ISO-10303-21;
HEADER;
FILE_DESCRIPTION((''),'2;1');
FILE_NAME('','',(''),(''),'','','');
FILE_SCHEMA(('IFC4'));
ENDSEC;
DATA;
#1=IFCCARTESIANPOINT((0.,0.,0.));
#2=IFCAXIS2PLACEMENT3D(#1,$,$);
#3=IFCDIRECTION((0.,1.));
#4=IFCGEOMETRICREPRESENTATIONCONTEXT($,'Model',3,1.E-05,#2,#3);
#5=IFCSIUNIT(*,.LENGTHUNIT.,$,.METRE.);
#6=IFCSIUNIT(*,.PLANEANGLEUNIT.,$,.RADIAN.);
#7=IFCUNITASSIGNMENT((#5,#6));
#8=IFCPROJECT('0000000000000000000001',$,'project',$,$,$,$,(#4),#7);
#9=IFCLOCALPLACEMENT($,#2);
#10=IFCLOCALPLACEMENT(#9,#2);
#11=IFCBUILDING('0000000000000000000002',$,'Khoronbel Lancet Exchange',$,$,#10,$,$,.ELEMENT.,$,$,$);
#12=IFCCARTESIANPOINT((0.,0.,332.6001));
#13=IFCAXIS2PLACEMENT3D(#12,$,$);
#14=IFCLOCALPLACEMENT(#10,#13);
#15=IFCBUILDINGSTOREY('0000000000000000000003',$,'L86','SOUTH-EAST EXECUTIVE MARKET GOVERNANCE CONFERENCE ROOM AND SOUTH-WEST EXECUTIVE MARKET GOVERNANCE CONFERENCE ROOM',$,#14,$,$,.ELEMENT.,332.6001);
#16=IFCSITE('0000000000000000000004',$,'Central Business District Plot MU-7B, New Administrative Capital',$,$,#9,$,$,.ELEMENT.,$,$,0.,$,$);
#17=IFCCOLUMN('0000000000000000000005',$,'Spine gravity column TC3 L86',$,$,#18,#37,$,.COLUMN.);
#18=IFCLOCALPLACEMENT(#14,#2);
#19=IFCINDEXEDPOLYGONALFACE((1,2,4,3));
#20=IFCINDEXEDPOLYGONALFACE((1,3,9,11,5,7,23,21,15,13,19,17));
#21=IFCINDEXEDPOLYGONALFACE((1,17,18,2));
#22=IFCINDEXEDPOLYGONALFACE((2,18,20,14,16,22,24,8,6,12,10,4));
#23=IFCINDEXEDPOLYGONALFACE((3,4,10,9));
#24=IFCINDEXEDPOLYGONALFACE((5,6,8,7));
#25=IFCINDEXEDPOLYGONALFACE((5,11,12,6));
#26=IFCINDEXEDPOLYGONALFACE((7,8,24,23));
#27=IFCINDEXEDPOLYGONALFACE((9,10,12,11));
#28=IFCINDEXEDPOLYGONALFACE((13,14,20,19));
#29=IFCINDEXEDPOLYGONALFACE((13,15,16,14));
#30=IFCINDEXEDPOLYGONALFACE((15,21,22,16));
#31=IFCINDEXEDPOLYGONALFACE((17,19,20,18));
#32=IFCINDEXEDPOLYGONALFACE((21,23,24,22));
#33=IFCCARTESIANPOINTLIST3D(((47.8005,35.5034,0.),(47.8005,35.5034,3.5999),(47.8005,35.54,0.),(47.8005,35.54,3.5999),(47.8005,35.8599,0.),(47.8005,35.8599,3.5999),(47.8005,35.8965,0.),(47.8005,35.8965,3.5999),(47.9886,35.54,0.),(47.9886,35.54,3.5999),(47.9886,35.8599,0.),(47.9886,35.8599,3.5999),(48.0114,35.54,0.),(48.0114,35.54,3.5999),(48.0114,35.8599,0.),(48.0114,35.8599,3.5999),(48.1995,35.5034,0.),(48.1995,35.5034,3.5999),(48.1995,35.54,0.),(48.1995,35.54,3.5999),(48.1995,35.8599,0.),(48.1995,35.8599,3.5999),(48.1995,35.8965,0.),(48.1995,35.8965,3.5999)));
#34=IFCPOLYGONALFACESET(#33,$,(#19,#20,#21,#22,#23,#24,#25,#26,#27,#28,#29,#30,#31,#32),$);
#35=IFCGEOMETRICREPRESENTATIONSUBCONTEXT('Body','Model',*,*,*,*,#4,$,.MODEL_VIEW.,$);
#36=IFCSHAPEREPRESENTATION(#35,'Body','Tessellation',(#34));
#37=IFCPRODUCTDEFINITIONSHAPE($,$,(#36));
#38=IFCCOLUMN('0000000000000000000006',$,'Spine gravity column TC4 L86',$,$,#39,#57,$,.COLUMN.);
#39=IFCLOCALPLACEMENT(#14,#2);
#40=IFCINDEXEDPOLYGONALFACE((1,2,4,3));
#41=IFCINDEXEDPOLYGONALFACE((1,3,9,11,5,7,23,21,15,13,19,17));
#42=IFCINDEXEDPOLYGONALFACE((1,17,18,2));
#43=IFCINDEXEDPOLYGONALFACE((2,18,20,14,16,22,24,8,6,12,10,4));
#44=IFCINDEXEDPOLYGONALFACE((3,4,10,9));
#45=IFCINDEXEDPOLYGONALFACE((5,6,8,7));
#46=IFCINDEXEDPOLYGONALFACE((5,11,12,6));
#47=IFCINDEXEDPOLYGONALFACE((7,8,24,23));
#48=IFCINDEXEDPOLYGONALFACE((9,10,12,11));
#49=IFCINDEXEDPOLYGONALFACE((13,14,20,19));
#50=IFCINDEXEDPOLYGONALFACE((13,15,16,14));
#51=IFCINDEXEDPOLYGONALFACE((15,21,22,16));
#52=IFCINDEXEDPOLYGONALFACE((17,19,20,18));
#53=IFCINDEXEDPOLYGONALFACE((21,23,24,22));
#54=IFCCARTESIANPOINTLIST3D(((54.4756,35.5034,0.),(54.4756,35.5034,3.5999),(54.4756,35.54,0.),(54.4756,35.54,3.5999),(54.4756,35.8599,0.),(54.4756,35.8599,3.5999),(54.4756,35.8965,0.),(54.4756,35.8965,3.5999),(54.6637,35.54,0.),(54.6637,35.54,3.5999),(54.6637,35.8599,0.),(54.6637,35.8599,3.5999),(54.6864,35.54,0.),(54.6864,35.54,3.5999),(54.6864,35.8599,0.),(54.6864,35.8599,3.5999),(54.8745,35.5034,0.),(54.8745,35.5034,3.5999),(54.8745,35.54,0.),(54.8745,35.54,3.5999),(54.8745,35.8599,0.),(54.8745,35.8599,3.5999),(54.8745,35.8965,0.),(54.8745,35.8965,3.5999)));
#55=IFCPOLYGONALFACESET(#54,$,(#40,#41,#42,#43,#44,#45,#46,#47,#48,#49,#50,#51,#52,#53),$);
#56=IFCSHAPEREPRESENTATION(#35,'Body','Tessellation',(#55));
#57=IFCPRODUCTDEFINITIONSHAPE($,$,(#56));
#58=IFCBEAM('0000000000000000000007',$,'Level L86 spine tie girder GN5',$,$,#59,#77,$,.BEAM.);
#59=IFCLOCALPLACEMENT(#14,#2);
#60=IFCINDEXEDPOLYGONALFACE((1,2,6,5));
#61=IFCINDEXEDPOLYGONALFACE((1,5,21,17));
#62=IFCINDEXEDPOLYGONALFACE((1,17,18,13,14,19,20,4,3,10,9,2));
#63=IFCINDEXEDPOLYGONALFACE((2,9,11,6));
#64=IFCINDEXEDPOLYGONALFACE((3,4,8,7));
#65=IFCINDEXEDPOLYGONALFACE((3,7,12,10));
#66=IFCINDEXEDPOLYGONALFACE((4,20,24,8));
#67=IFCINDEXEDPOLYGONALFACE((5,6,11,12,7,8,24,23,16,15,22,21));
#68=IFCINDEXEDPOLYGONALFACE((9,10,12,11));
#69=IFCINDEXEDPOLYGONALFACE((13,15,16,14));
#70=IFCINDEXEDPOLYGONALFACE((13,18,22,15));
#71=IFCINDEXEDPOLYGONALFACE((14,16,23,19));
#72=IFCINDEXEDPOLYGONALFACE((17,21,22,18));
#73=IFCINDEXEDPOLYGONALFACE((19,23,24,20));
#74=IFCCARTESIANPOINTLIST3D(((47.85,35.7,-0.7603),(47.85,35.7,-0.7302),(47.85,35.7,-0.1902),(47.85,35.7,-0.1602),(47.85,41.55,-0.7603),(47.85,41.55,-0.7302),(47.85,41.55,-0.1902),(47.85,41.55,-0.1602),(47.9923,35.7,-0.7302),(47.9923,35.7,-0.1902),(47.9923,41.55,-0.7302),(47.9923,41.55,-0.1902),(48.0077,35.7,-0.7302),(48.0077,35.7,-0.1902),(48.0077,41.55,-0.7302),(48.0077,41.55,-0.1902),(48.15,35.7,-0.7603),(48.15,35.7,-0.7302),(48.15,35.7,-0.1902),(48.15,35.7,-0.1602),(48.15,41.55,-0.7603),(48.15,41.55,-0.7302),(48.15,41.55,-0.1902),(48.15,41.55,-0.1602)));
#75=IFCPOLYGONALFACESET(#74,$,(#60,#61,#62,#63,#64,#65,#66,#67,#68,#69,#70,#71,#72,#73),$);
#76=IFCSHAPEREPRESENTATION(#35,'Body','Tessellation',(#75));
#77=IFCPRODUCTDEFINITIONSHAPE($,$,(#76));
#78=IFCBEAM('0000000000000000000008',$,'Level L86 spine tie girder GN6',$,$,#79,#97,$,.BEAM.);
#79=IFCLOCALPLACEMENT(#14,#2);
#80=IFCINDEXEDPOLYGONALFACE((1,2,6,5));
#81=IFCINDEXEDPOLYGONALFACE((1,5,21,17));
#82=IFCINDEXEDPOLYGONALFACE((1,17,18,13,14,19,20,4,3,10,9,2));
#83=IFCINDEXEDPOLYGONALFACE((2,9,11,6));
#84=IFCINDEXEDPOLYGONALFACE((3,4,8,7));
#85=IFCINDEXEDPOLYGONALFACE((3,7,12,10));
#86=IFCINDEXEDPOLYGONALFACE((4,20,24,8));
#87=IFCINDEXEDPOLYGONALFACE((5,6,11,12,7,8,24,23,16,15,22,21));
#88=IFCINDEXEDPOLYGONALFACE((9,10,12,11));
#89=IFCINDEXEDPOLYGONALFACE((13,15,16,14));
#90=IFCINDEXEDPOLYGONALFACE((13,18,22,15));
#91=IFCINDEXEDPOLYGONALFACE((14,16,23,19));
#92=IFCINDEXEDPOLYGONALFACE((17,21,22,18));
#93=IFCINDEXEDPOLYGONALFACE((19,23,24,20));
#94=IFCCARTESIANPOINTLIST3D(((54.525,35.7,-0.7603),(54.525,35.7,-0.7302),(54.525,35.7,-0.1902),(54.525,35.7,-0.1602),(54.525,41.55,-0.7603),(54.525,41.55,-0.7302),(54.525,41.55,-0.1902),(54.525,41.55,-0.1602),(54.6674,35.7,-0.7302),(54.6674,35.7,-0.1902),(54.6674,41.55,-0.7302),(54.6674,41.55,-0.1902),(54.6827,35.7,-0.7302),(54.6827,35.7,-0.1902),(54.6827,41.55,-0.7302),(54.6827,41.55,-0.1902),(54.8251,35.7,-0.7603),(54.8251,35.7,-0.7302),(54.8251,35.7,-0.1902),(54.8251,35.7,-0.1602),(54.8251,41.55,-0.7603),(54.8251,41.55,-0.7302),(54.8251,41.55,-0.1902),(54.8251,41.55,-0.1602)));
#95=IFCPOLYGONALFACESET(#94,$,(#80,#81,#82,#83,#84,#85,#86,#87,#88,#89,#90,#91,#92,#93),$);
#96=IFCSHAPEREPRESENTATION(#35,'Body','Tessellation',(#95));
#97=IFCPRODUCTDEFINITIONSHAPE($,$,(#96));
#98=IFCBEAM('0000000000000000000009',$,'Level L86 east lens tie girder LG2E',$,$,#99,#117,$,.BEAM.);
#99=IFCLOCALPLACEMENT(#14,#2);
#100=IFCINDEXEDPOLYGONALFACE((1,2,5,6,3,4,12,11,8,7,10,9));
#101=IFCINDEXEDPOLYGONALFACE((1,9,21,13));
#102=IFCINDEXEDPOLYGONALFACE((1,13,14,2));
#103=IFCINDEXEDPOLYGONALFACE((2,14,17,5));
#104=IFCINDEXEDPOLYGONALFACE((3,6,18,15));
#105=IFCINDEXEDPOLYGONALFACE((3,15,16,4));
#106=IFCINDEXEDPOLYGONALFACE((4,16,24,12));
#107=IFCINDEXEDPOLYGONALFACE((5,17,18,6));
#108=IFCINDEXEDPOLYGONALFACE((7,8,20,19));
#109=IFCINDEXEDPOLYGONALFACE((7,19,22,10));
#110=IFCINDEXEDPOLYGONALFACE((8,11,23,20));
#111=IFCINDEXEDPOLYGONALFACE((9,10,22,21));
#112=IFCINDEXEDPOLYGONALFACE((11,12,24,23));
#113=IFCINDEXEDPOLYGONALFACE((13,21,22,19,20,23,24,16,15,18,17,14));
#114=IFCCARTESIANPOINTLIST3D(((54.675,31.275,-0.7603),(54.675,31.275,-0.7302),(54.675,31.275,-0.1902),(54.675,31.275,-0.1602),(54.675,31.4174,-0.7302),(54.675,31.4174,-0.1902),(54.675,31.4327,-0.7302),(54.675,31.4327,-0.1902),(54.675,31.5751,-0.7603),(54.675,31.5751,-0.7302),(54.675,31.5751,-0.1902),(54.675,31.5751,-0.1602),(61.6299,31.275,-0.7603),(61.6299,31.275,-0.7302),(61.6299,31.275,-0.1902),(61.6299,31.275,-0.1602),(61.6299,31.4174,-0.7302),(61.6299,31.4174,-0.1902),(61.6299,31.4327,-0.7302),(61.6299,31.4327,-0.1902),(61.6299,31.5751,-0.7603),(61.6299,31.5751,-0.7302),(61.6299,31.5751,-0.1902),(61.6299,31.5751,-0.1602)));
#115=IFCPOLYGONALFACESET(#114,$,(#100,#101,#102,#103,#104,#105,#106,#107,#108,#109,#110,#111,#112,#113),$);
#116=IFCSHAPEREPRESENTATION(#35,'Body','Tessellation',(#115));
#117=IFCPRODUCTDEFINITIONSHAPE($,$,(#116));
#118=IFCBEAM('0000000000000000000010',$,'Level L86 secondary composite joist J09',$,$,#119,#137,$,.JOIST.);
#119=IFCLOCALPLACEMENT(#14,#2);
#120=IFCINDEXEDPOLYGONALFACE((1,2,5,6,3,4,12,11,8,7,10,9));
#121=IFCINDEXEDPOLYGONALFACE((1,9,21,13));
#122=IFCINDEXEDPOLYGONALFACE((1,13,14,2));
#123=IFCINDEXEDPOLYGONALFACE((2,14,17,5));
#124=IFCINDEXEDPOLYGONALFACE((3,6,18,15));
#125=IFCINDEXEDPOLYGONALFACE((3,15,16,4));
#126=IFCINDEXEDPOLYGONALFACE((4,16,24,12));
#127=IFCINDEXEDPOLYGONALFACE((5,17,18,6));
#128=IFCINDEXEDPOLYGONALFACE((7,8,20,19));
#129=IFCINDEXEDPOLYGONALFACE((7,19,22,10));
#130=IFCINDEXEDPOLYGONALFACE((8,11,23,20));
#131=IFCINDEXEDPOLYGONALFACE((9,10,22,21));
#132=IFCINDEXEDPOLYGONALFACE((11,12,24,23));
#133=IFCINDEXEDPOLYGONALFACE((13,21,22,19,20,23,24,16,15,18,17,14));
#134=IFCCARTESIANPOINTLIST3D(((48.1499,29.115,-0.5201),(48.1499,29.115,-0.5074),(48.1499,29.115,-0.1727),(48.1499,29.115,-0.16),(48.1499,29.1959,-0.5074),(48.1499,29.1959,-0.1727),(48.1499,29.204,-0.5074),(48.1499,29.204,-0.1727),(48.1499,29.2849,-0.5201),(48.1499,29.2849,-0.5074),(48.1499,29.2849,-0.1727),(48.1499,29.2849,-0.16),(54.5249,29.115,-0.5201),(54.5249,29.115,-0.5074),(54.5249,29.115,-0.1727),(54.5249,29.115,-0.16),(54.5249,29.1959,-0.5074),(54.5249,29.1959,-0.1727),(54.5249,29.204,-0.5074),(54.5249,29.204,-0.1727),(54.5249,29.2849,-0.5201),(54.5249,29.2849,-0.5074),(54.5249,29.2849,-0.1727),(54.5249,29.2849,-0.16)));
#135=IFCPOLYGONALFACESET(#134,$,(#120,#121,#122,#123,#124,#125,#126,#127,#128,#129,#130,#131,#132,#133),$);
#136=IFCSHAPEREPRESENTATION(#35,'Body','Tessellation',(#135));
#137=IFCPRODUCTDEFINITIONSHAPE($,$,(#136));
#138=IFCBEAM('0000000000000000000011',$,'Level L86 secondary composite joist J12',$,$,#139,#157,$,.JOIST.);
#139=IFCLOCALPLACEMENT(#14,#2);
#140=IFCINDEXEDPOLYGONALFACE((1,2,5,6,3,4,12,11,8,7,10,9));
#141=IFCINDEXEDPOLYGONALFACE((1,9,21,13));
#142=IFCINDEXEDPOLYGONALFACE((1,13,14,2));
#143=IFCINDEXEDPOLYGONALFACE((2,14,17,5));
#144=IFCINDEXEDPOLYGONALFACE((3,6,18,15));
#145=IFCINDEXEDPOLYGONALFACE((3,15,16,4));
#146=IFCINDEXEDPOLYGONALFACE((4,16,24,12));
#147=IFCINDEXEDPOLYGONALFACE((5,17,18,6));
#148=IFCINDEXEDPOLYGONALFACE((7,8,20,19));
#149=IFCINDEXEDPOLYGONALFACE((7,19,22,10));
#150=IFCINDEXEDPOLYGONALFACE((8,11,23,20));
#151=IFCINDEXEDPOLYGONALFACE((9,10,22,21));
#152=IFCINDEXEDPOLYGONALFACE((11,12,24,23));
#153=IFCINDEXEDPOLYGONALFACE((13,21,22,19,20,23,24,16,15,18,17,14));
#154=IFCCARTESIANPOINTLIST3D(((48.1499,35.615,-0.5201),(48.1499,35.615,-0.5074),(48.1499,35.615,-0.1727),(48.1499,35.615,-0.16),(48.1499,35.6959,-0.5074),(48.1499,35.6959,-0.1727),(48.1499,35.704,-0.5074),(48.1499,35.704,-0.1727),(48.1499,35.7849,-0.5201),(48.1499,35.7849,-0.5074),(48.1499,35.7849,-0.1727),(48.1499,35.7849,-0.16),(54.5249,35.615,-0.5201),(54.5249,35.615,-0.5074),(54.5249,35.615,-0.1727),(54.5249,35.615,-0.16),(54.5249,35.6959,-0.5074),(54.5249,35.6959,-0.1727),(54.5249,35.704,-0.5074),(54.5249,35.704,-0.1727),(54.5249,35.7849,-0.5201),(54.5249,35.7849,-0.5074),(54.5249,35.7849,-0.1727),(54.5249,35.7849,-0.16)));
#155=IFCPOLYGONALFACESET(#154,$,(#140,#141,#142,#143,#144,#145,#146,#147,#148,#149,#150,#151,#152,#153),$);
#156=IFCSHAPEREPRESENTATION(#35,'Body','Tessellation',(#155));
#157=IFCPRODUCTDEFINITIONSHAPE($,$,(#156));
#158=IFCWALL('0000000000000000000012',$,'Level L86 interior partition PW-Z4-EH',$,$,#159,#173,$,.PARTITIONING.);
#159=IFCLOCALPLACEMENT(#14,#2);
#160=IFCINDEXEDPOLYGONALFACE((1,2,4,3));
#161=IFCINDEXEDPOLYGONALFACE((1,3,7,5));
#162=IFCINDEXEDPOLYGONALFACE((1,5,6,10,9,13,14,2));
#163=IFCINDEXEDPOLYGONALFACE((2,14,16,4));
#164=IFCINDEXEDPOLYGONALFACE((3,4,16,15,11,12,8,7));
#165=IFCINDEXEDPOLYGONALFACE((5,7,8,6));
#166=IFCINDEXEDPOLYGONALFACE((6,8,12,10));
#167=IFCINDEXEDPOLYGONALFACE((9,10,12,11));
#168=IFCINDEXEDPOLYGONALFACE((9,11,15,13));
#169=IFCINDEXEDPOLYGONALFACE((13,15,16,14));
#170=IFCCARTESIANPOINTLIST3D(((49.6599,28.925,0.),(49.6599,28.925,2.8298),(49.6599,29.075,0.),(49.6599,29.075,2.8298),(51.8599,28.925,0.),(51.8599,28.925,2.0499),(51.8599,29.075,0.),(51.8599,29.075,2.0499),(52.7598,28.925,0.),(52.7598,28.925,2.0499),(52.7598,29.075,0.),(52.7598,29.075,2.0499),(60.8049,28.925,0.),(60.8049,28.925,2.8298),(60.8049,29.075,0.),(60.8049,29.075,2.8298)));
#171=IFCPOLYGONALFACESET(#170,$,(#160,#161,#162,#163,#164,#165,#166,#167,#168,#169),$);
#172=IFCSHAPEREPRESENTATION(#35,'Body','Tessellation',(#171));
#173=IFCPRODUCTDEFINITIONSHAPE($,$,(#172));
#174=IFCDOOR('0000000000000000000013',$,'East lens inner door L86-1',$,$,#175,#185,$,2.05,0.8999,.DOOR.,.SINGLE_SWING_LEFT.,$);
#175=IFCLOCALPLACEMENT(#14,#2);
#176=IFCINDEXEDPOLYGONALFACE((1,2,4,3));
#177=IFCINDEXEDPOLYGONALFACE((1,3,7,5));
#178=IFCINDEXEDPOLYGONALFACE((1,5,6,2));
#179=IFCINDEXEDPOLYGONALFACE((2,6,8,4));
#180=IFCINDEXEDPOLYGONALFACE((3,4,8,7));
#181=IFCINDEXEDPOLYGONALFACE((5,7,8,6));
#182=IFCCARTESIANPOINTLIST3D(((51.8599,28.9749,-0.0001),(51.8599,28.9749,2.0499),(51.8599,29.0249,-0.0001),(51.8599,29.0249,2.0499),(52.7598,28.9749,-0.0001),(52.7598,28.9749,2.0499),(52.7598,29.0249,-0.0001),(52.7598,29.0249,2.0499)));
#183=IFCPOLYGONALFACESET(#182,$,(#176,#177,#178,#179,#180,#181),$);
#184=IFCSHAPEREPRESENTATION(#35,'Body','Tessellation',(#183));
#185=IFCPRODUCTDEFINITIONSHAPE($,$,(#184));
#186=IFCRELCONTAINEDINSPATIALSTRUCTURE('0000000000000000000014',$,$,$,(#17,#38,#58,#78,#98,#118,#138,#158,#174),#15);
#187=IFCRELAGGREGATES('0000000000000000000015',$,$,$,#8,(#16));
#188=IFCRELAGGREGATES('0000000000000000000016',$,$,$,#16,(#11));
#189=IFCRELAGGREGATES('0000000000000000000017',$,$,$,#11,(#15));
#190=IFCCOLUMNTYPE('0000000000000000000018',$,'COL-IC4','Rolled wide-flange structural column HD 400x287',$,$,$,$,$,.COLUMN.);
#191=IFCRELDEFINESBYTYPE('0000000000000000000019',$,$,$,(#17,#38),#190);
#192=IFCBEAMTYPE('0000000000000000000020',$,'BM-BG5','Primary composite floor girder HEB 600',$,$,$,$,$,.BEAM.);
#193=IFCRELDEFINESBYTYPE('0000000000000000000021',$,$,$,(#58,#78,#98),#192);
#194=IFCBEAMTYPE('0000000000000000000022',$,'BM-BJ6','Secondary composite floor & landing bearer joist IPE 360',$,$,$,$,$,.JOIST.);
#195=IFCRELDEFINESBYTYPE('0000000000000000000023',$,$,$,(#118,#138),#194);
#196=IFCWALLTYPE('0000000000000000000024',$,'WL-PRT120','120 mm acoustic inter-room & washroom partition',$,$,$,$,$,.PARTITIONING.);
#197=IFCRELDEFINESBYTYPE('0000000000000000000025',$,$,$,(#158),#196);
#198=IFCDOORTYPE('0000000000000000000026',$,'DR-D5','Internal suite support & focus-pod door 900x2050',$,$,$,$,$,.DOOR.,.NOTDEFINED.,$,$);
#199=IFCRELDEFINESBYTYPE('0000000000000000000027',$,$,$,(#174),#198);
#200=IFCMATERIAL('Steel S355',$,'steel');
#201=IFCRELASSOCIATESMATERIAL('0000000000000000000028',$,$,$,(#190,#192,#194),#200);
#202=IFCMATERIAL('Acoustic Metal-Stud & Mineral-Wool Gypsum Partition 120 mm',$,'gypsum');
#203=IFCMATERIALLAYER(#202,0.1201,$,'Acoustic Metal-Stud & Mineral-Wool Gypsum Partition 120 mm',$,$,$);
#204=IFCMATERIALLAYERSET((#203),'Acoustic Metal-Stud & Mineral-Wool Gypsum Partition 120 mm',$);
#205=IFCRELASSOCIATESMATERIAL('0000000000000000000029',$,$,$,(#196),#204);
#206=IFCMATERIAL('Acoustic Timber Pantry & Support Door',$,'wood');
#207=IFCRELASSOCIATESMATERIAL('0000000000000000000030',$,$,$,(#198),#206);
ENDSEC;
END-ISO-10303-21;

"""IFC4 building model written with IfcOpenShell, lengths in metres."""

from ifc_helpers import new_model, si_unit, direction, frame, frame_2d, origin, origin_2d, place, context, subcontext, project, spatial, rectangle, i_section, extrude, material, layer, layer_set, material_profile, profile_set, type_object, element, fill, save


model = new_model("IFC4")

# Units and contexts
model_context = context("Model", 3, precision=1e-05, world=origin(), true_north=direction((0.0, 1.0)))
body_context = subcontext(model_context, "Body", "Model", "MODEL_VIEW")
ifc_project = project(units=[si_unit("LENGTHUNIT", "METRE"), si_unit("PLANEANGLEUNIT", "RADIAN")], contexts=[model_context])

# Site, building, storey
site_placement = place(None, origin())
site = spatial("IfcSite", under=ifc_project, at=site_placement, Name="Central Business District Plot MU-7B, New Administrative Capital", CompositionType="ELEMENT", RefElevation=0.0)
building_placement = place(site_placement, origin())
building = spatial("IfcBuilding", under=site, at=building_placement, Name="Khoronbel Lancet Exchange", CompositionType="ELEMENT")
storey_placement = place(building_placement, frame((0.0, 0.0, 332.6001)))
storey = spatial("IfcBuildingStorey", under=building, at=storey_placement, Name="L86", Description="SOUTH-EAST EXECUTIVE MARKET GOVERNANCE CONFERENCE ROOM AND SOUTH-WEST EXECUTIVE MARKET GOVERNANCE CONFERENCE ROOM", CompositionType="ELEMENT", Elevation=332.6001)

# Columns
ifc_material_1 = material(Name="Steel S355", Category="steel")
ifc_material_profile_1 = material_profile(ifc_material_1, i_section(OverallWidth=0.3989, OverallDepth=0.3931, WebThickness=0.0227, FlangeThickness=0.0366, at=origin_2d()), Name="HD 400x287")
ifc_profile_set_1 = profile_set([ifc_material_profile_1], Name="Steel S355")
column_type = type_object("IfcColumnType", Name="COL-IC4", Description="Rolled wide-flange structural column HD 400x287", PredefinedType="COLUMN", material=ifc_profile_set_1)
for number, where, z_axis, x_axis, name in (
    (1, (48.0, 35.7, 0.0), (0.0, 0.0, 1.0), (1.0, 0.0, 0.0), "Spine gravity column TC3 L86"),
    (2, (54.675, 35.7, 0.0), (0.0, 0.0, 1.0), (1.0, 0.0, 0.0), "Spine gravity column TC4 L86"),
):
    element("IfcColumn", number, at=place(storey_placement, frame(where, z_axis=z_axis, x_axis=x_axis)), inside=storey, type_object=column_type, Name=name, PredefinedType="COLUMN", context=body_context, shape_type="SweptSolid", body=[
        extrude(i_section(OverallWidth=0.3989, OverallDepth=0.3931, WebThickness=0.0227, FlangeThickness=0.0366, at=origin_2d()), origin(), (0.0, 0.0, 1.0), 3.5999),
    ])

# Beams
ifc_material_profile_2 = material_profile(ifc_material_1, i_section(OverallWidth=0.3, OverallDepth=0.6001, WebThickness=0.0154, FlangeThickness=0.03, at=origin_2d()), Name="HEB 600")
ifc_profile_set_2 = profile_set([ifc_material_profile_2], Name="Steel S355")
beam_type_1 = type_object("IfcBeamType", Name="BM-BG5", Description="Primary composite floor girder HEB 600", PredefinedType="BEAM", material=ifc_profile_set_2)
for number, where, z_axis, x_axis, name in (
    (3, (48.0, 35.7, -0.4602), (0.0, 1.0, 0.0), (-1.0, 0.0, 0.0), "Level L86 spine tie girder GN5"),
    (4, (54.675, 35.7, -0.4602), (0.0, 1.0, 0.0), (-1.0, 0.0, 0.0), "Level L86 spine tie girder GN6"),
):
    element("IfcBeam", number, at=place(storey_placement, frame(where, z_axis=z_axis, x_axis=x_axis)), inside=storey, type_object=beam_type_1, Name=name, PredefinedType="BEAM", context=body_context, shape_type="SweptSolid", body=[
        extrude(i_section(OverallWidth=0.3, OverallDepth=0.6001, WebThickness=0.0154, FlangeThickness=0.03, at=origin_2d()), origin(), (0.0, 0.0, 1.0), 5.8501),
    ])
beam_placement = place(storey_placement, frame((54.675, 31.425, -0.4602), z_axis=(1.0, 0.0, 0.0), x_axis=(0.0, 1.0, 0.0)))
element("IfcBeam", 5, at=beam_placement, inside=storey, type_object=beam_type_1, Name="Level L86 east lens tie girder LG2E", PredefinedType="BEAM", context=body_context, shape_type="SweptSolid", body=[
    extrude(i_section(OverallWidth=0.3, OverallDepth=0.6001, WebThickness=0.0154, FlangeThickness=0.03, at=origin_2d()), origin(), (0.0, 0.0, 1.0), 6.9548),
])
ifc_material_profile_3 = material_profile(ifc_material_1, i_section(OverallWidth=0.1699, OverallDepth=0.3601, WebThickness=0.0081, FlangeThickness=0.0127, at=origin_2d()), Name="IPE 360")
ifc_profile_set_3 = profile_set([ifc_material_profile_3], Name="Steel S355")
beam_type_2 = type_object("IfcBeamType", Name="BM-BJ6", Description="Secondary composite floor & landing bearer joist IPE 360", PredefinedType="JOIST", material=ifc_profile_set_3)
for number, where, z_axis, x_axis, name in (
    (6, (48.1499, 29.2, -0.3401), (1.0, 0.0, 0.0), (0.0, 1.0, 0.0), "Level L86 secondary composite joist J09"),
    (7, (48.1499, 35.7, -0.3401), (1.0, 0.0, 0.0), (0.0, 1.0, 0.0), "Level L86 secondary composite joist J12"),
):
    element("IfcBeam", number, at=place(storey_placement, frame(where, z_axis=z_axis, x_axis=x_axis)), inside=storey, type_object=beam_type_2, Name=name, PredefinedType="JOIST", context=body_context, shape_type="SweptSolid", body=[
        extrude(i_section(OverallWidth=0.1699, OverallDepth=0.3601, WebThickness=0.0081, FlangeThickness=0.0127, at=origin_2d()), origin(), (0.0, 0.0, 1.0), 6.375),
    ])

# Wall, opening, door
ifc_material_2 = material(Name="Acoustic Metal-Stud & Mineral-Wool Gypsum Partition 120 mm", Category="gypsum")
ifc_layer_1 = layer(ifc_material_2, 0.1201, Name="Acoustic Metal-Stud & Mineral-Wool Gypsum Partition 120 mm")
ifc_layer_set_1 = layer_set([ifc_layer_1], Name="Acoustic Metal-Stud & Mineral-Wool Gypsum Partition 120 mm")
wall_type_1 = type_object("IfcWallType", Name="WL-PRT120", Description="120 mm acoustic inter-room & washroom partition", PredefinedType="PARTITIONING", material=ifc_layer_set_1)
wall_1_placement = place(storey_placement, frame((49.6599, 29.0, 0.0), z_axis=(0.0, 0.0, 1.0), x_axis=(1.0, 0.0, 0.0)))
wall_1 = element("IfcWall", 8, at=wall_1_placement, inside=storey, type_object=wall_type_1, Name="Level L86 interior partition PW-Z4-EH", PredefinedType="PARTITIONING", context=body_context, shape_type="SweptSolid", body=[
    extrude(rectangle(XDim=11.145, YDim=0.1499, at=frame_2d((5.5725, 0.0))), origin(), (0.0, 0.0, 1.0), 2.8298),
])
opening_1_placement = place(wall_1_placement, frame((2.2, 0.0, 0.0)))
opening_1 = element("IfcOpeningElement", 9, at=opening_1_placement, cuts=wall_1, PredefinedType="OPENING", context=body_context, shape_type="SweptSolid", body=[
    extrude(rectangle(XDim=0.8999, YDim=2.05, at=frame_2d((0.45, 1.0249))), frame((0.0, 0.085, 0.0), z_axis=(0.0, -1.0, 0.0), x_axis=(1.0, 0.0, 0.0)), (0.0, 0.0, 1.0), 0.1699),
])
ifc_material_3 = material(Name="Acoustic Timber Pantry & Support Door", Category="wood")
door_type_1 = type_object("IfcDoorType", Name="DR-D5", Description="Internal suite support & focus-pod door 900x2050", OperationType="NOTDEFINED", PredefinedType="DOOR", material=ifc_material_3)
door_1_placement = place(opening_1_placement, origin())
door_1 = element("IfcDoor", 10, at=door_1_placement, inside=storey, type_object=door_type_1, Name="East lens inner door L86-1", OperationType="SINGLE_SWING_LEFT", OverallHeight=2.05, OverallWidth=0.8999, PredefinedType="DOOR", context=body_context, shape_type="SweptSolid", body=[
    extrude(rectangle(XDim=0.8999, YDim=2.05, at=frame_2d((0.45, 1.0249))), frame((0.0, 0.0249, 0.0), z_axis=(0.0, -1.0, 0.0), x_axis=(1.0, 0.0, 0.0)), (0.0, 0.0, 1.0), 0.05),
])
fill(opening_1, door_1)

save(model, "model.ifc")
